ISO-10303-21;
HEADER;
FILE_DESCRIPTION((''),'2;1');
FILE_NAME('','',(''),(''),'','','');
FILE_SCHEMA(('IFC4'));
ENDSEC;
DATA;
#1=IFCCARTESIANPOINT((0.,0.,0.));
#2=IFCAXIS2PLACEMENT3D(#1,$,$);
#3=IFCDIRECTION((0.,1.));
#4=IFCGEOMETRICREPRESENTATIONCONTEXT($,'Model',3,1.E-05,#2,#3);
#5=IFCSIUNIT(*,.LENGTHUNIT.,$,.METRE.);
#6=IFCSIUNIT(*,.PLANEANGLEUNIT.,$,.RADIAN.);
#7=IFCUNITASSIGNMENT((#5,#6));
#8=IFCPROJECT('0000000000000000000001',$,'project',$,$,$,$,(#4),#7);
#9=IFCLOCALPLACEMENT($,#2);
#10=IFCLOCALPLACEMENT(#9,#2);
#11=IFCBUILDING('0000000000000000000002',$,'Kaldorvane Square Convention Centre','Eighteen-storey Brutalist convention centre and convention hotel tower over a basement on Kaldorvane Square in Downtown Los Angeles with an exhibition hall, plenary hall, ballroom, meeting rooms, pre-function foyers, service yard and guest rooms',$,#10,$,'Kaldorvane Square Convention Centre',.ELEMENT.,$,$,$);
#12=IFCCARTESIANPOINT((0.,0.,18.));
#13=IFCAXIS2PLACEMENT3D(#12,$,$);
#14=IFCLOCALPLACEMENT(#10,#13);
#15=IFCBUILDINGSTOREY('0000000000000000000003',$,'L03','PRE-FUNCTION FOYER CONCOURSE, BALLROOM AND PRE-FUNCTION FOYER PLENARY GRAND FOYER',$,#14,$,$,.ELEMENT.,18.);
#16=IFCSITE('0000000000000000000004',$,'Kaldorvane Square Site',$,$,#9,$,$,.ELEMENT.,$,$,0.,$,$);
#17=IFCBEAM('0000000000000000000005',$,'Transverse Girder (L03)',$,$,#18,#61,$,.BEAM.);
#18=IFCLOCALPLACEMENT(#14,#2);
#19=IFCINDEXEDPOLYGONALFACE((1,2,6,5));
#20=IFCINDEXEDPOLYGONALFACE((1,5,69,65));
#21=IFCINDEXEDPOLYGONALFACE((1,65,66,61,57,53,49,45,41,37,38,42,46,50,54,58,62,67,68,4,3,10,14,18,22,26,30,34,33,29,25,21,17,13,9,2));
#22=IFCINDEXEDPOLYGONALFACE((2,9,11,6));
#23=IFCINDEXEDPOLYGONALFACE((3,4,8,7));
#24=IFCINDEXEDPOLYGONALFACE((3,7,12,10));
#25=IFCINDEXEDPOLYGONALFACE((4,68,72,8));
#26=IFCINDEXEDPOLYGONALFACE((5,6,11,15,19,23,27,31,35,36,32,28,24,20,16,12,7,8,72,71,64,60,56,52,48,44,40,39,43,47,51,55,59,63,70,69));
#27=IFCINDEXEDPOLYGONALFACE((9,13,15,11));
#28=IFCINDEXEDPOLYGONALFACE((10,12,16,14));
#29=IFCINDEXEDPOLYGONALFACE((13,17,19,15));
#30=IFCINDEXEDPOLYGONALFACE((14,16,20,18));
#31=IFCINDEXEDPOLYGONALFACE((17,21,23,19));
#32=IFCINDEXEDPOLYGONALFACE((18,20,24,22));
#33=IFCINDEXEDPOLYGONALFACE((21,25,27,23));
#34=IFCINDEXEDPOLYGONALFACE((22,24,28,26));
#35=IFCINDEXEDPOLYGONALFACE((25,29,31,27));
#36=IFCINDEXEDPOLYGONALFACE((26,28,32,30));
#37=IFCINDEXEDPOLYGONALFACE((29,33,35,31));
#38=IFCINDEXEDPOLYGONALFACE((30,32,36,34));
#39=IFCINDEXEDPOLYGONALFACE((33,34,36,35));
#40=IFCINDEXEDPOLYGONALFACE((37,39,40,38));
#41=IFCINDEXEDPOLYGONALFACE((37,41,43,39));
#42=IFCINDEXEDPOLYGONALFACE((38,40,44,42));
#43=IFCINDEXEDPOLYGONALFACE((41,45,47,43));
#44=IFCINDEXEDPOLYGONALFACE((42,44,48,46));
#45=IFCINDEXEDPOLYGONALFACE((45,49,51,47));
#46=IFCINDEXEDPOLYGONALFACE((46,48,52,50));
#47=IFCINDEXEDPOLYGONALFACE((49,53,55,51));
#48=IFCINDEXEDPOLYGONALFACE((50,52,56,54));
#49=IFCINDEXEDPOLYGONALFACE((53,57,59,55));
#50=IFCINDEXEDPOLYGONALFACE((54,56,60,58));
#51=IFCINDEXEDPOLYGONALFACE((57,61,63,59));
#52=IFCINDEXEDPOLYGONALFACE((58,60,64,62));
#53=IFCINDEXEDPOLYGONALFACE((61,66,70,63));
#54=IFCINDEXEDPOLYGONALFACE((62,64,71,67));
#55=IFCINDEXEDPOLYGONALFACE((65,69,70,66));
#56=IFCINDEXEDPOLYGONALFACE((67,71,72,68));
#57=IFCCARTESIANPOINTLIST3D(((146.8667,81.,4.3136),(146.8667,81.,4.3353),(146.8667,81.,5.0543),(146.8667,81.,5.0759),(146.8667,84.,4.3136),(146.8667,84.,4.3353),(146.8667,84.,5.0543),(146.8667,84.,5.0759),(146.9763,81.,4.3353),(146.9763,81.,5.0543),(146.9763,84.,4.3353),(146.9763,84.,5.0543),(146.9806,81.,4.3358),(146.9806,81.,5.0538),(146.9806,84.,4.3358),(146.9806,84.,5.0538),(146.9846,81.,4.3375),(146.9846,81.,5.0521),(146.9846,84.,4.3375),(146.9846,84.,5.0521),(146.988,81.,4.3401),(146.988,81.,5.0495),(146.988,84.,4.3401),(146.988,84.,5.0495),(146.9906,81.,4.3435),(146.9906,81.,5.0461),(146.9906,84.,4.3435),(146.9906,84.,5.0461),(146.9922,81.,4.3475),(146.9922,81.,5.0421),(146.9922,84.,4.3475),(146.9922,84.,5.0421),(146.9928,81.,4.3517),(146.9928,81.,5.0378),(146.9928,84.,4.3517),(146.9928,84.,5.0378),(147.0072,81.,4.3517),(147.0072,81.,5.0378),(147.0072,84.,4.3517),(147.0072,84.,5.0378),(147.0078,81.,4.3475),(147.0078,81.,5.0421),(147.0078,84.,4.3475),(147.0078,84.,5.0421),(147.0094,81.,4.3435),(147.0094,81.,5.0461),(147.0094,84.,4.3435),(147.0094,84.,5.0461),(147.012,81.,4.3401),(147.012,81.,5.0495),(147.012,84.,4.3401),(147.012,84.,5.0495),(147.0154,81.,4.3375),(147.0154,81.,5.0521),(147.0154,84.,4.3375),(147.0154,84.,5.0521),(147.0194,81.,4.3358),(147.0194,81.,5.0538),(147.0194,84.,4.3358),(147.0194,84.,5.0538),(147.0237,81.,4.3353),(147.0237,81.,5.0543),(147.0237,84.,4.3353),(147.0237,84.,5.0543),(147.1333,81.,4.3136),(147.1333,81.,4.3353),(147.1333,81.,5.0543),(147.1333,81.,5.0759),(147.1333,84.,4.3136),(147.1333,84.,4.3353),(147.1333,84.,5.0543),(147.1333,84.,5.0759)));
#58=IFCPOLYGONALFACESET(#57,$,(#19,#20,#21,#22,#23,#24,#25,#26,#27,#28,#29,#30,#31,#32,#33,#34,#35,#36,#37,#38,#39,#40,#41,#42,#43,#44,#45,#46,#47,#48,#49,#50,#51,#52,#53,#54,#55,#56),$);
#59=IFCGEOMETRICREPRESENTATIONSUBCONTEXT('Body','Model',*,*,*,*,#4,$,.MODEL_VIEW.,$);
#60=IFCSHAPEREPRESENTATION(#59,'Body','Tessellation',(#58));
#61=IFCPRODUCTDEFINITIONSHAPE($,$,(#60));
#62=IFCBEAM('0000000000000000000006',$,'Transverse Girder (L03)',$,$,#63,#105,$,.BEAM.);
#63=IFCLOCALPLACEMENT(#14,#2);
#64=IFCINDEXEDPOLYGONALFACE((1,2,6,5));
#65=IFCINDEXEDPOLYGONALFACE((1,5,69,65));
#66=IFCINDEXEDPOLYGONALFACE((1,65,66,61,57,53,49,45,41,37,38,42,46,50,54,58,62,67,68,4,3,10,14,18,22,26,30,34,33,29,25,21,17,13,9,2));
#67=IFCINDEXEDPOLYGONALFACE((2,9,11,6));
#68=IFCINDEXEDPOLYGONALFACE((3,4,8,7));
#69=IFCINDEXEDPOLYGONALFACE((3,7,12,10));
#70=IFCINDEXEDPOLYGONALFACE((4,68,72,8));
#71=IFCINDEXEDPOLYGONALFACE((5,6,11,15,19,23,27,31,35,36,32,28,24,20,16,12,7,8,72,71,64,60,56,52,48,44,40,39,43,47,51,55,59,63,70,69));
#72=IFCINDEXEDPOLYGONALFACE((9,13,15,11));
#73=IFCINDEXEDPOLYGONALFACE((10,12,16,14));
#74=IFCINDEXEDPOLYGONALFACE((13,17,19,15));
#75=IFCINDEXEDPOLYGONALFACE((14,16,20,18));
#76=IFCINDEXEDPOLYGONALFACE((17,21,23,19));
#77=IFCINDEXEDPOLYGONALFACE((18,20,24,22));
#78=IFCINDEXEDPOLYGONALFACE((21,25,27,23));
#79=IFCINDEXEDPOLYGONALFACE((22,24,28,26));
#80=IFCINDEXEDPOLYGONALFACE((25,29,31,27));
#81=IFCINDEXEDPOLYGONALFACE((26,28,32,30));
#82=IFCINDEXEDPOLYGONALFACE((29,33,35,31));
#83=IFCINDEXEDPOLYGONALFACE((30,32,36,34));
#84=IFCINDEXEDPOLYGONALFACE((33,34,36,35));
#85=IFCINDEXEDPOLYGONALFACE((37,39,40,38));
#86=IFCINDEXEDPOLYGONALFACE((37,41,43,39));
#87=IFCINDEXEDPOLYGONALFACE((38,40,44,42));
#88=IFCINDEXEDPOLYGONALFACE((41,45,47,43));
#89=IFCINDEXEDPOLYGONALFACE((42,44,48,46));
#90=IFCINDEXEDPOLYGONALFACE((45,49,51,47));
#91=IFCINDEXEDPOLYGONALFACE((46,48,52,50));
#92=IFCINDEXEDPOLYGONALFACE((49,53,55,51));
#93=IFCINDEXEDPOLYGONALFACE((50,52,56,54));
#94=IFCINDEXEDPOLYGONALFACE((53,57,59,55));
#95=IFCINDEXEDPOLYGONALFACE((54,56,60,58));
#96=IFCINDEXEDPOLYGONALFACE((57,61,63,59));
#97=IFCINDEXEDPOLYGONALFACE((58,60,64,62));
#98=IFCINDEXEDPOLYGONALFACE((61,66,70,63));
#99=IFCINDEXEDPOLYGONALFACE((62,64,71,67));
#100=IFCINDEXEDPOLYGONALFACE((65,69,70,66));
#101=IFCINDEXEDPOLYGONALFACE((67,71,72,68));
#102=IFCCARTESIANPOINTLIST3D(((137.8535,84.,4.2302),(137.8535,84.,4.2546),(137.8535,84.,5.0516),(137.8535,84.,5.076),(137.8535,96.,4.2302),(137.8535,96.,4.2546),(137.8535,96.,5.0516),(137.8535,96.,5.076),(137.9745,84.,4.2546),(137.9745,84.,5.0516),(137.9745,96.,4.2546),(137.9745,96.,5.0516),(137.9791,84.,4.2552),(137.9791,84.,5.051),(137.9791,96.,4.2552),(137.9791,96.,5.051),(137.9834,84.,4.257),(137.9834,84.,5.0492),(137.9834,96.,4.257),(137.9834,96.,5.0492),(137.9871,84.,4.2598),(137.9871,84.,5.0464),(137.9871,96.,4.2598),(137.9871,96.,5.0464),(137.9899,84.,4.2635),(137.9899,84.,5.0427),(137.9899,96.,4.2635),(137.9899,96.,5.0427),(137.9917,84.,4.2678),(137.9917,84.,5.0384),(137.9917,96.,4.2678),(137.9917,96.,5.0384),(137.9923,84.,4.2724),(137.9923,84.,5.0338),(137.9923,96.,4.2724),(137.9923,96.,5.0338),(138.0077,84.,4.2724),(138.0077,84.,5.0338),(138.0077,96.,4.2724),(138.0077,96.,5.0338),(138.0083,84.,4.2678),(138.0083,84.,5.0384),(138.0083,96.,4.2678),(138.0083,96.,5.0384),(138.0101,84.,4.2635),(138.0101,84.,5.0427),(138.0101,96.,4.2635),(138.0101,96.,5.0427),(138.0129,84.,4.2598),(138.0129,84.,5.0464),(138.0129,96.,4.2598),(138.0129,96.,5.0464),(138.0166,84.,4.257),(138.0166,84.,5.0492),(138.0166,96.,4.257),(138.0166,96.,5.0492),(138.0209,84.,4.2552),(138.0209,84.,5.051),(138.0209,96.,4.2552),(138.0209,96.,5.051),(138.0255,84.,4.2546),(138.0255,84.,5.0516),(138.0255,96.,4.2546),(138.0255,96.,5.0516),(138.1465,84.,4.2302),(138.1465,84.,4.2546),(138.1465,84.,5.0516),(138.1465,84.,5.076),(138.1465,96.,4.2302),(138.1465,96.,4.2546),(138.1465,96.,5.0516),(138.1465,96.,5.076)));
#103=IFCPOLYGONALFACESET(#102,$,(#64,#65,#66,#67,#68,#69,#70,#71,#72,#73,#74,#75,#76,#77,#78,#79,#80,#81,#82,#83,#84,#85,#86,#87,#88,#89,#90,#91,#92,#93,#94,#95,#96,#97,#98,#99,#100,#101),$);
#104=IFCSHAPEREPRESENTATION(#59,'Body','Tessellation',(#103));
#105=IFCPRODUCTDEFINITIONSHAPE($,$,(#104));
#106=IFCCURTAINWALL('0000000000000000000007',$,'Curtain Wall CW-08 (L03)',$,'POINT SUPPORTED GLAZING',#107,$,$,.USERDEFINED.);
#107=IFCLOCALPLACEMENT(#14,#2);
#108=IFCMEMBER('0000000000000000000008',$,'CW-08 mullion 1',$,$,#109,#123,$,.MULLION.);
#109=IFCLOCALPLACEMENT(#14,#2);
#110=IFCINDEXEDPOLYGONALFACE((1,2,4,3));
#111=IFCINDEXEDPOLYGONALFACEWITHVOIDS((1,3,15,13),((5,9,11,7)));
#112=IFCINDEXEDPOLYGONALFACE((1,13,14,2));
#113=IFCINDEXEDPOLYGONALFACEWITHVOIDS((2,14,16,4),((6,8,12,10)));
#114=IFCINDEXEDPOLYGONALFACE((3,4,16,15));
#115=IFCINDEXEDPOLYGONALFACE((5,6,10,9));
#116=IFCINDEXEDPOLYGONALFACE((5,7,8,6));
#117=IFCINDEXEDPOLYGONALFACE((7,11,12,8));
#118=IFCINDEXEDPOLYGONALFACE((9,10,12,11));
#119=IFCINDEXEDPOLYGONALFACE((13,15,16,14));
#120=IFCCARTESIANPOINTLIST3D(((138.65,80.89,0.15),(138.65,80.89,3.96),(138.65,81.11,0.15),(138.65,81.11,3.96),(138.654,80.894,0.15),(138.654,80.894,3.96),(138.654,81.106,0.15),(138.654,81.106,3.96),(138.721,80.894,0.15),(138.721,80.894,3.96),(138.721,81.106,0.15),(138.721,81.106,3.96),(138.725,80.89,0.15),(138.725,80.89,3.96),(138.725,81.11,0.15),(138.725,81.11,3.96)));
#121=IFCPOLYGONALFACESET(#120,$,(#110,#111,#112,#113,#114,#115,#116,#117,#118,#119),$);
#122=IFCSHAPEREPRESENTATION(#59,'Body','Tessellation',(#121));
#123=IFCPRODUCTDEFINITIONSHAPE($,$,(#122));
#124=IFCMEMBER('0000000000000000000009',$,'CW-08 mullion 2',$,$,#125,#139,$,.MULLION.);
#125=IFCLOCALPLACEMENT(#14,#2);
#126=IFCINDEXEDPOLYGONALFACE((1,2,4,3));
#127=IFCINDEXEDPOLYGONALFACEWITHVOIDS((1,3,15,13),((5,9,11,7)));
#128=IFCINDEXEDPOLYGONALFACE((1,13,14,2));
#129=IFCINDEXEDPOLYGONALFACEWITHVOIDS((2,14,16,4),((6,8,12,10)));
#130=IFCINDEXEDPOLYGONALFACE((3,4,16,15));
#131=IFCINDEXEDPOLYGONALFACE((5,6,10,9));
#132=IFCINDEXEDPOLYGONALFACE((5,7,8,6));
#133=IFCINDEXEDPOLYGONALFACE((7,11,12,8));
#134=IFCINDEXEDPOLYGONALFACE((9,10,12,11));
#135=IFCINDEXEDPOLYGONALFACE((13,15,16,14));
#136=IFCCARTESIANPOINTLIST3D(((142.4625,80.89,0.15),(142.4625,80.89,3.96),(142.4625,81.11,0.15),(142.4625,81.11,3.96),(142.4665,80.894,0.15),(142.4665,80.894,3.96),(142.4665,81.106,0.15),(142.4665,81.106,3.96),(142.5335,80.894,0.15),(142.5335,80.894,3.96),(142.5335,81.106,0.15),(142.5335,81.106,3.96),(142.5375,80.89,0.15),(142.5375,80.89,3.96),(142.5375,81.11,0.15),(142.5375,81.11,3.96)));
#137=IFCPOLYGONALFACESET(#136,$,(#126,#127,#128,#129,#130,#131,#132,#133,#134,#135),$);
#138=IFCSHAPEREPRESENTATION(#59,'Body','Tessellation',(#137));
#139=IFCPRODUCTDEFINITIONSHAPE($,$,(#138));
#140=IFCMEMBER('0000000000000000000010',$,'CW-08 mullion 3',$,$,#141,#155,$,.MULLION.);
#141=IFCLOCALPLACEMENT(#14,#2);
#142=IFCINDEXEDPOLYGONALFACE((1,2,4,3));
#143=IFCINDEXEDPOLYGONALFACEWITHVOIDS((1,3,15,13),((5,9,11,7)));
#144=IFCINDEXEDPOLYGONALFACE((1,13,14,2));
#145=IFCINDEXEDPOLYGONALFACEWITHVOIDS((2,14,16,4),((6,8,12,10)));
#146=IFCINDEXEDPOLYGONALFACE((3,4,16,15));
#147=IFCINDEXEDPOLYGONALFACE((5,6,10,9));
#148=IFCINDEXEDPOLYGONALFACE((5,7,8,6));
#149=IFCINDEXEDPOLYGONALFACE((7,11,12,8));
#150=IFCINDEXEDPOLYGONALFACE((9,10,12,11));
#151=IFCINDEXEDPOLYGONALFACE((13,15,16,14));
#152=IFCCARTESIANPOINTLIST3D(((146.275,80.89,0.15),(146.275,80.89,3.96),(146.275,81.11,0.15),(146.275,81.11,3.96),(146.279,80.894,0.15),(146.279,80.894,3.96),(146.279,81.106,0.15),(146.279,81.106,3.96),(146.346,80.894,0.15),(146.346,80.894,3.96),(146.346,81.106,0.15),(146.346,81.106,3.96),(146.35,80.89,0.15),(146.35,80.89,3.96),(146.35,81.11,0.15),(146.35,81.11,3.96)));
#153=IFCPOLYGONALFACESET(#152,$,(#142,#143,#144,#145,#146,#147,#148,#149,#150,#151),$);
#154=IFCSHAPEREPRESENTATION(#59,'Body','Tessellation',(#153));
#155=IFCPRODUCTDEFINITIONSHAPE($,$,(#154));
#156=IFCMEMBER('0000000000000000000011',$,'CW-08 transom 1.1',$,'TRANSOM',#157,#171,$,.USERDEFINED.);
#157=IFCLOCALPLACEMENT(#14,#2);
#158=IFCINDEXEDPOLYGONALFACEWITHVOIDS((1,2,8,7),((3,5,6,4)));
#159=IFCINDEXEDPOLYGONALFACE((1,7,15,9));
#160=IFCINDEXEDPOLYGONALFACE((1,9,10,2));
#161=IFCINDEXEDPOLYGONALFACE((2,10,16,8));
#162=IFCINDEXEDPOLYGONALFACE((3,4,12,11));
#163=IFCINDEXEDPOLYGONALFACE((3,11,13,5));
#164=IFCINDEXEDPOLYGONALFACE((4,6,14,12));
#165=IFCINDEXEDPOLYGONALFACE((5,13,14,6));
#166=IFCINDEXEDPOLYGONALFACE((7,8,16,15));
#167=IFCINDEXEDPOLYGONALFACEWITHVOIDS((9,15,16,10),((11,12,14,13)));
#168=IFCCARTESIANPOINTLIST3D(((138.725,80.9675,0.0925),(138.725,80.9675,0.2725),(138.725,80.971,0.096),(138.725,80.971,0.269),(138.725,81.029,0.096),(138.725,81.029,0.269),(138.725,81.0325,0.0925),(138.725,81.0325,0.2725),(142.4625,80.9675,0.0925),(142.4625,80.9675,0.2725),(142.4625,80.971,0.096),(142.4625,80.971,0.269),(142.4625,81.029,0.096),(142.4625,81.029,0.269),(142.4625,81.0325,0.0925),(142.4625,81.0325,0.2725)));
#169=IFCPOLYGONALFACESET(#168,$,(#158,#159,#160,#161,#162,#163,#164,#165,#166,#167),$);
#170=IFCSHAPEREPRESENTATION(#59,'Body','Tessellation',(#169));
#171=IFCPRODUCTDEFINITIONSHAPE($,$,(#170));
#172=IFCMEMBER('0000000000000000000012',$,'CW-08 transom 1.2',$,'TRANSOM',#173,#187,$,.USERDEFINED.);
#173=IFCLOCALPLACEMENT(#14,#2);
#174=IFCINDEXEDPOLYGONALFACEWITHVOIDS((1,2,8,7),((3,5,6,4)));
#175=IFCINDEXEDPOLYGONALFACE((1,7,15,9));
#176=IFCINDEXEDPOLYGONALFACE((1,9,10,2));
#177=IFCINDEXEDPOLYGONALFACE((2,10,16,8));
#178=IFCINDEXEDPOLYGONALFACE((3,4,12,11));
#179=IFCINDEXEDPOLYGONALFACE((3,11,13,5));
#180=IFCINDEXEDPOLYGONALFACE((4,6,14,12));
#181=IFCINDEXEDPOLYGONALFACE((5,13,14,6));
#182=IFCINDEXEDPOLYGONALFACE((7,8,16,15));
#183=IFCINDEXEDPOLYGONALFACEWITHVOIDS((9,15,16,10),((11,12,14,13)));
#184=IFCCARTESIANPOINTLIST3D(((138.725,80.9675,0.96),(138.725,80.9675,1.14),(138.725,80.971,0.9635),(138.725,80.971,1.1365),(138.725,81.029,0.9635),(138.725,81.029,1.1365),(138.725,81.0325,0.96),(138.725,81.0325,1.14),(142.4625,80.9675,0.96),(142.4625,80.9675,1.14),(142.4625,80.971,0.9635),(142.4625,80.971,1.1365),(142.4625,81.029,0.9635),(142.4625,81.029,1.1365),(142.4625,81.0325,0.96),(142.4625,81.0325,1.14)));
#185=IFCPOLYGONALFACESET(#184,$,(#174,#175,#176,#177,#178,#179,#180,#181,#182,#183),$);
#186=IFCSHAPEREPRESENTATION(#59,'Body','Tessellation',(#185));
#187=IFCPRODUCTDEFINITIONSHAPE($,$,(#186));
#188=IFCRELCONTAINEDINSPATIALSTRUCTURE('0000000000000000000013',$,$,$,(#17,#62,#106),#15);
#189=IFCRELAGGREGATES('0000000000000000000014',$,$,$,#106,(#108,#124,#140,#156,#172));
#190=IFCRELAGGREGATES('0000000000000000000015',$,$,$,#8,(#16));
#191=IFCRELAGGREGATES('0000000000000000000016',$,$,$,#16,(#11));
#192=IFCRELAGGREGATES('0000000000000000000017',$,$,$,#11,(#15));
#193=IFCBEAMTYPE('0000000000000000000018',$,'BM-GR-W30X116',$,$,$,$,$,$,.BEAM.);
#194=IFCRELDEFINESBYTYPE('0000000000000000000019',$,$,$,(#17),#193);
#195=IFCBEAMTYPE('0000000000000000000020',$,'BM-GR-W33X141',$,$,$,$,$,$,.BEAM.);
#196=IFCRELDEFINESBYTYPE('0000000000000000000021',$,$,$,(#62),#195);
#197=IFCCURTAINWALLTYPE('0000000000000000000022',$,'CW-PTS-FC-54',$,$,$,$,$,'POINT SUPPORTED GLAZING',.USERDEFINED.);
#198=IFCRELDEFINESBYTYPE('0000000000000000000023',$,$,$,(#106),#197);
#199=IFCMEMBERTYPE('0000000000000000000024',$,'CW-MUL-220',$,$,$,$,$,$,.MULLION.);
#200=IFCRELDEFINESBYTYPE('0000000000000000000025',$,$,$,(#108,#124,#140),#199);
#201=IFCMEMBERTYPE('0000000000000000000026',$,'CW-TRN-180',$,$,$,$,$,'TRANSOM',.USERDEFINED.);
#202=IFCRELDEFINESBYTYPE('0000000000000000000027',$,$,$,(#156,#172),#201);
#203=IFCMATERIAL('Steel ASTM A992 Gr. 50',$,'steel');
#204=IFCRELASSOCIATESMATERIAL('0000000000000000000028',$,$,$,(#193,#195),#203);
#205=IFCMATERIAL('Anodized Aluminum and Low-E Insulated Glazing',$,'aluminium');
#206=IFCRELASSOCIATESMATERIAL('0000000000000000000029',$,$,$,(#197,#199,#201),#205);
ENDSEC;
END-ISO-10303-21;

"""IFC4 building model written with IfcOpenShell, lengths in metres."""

from ifc_helpers import new_model, si_unit, direction, frame, origin, origin_2d, place, context, subcontext, project, spatial, hollow_rectangle, i_section, extrude, material, material_profile, profile_set, type_object, element, aggregate, save


model = new_model("IFC4")

# Units and contexts
model_context = context("Model", 3, precision=1e-05, world=origin(), true_north=direction((0.0, 1.0)))
body_context = subcontext(model_context, "Body", "Model", "MODEL_VIEW")
ifc_project = project(units=[si_unit("LENGTHUNIT", "METRE"), si_unit("PLANEANGLEUNIT", "RADIAN")], contexts=[model_context])

# Site, building, storey
site_placement = place(None, origin())
site = spatial("IfcSite", under=ifc_project, at=site_placement, Name="Kaldorvane Square Site", CompositionType="ELEMENT", RefElevation=0.0)
building_placement = place(site_placement, origin())
building = spatial("IfcBuilding", under=site, at=building_placement, Name="Kaldorvane Square Convention Centre", Description="Eighteen-storey Brutalist convention centre and convention hotel tower over a basement on Kaldorvane Square in Downtown Los Angeles with an exhibition hall, plenary hall, ballroom, meeting rooms, pre-function foyers, service yard and guest rooms", LongName="Kaldorvane Square Convention Centre", CompositionType="ELEMENT")
storey_placement = place(building_placement, frame((0.0, 0.0, 18.0)))
storey = spatial("IfcBuildingStorey", under=building, at=storey_placement, Name="L03", Description="PRE-FUNCTION FOYER CONCOURSE, BALLROOM AND PRE-FUNCTION FOYER PLENARY GRAND FOYER", CompositionType="ELEMENT", Elevation=18.0)

# Shared definitions
ifc_material_1 = material(Name="Steel ASTM A992 Gr. 50", Category="steel")

# Beams
ifc_material_profile_1 = material_profile(ifc_material_1, i_section(OverallWidth=0.2666, OverallDepth=0.7623, WebThickness=0.0144, FlangeThickness=0.0216, FilletRadius=0.0165, at=origin_2d()), Name="W30X116")
ifc_profile_set_1 = profile_set([ifc_material_profile_1], Name="Steel ASTM A992 Gr. 50")
beam_type_1 = type_object("IfcBeamType", Name="BM-GR-W30X116", PredefinedType="BEAM", material=ifc_profile_set_1)
beam_1_placement = place(storey_placement, frame((147.0, 81.0, 4.6948), z_axis=(0.0, 1.0, 0.0), x_axis=(-1.0, 0.0, 0.0)))
element("IfcBeam", 1, at=beam_1_placement, inside=storey, type_object=beam_type_1, Name="Transverse Girder (L03)", PredefinedType="BEAM", context=body_context, shape_type="SweptSolid", body=[
    extrude(i_section(OverallWidth=0.2666, OverallDepth=0.7623, WebThickness=0.0144, FlangeThickness=0.0216, FilletRadius=0.0165, at=origin_2d()), origin(), (0.0, 0.0, 1.0), 3.0),
])
ifc_material_profile_2 = material_profile(ifc_material_1, i_section(OverallWidth=0.293, OverallDepth=0.8458, WebThickness=0.0154, FlangeThickness=0.0244, FilletRadius=0.0178, at=origin_2d()), Name="W33X141")
ifc_profile_set_2 = profile_set([ifc_material_profile_2], Name="Steel ASTM A992 Gr. 50")
beam_type_2 = type_object("IfcBeamType", Name="BM-GR-W33X141", PredefinedType="BEAM", material=ifc_profile_set_2)
beam_2_placement = place(storey_placement, frame((138.0, 84.0, 4.6531), z_axis=(0.0, 1.0, 0.0), x_axis=(-1.0, 0.0, 0.0)))
element("IfcBeam", 2, at=beam_2_placement, inside=storey, type_object=beam_type_2, Name="Transverse Girder (L03)", PredefinedType="BEAM", context=body_context, shape_type="SweptSolid", body=[
    extrude(i_section(OverallWidth=0.293, OverallDepth=0.8458, WebThickness=0.0154, FlangeThickness=0.0244, FilletRadius=0.0178, at=origin_2d()), origin(), (0.0, 0.0, 1.0), 12.0),
])

# Curtain wall, members
ifc_material_2 = material(Name="Anodized Aluminum and Low-E Insulated Glazing", Category="aluminium")
curtain_wall_type = type_object("IfcCurtainWallType", Name="CW-PTS-FC-54", ElementType="POINT SUPPORTED GLAZING", PredefinedType="USERDEFINED", material=ifc_material_2)
curtain_wall_placement = place(storey_placement, origin())
curtain_wall = element("IfcCurtainWall", 3, at=curtain_wall_placement, inside=storey, type_object=curtain_wall_type, Name="Curtain Wall CW-08 (L03)", ObjectType="POINT SUPPORTED GLAZING", PredefinedType="USERDEFINED")
ifc_material_profile_3 = material_profile(ifc_material_2, hollow_rectangle(XDim=0.075, YDim=0.22, WallThickness=0.004, at=origin_2d()), Name="CWM-220X75")
ifc_profile_set_3 = profile_set([ifc_material_profile_3], Name="Anodized Aluminum and Low-E Insulated Glazing")
member_type_1 = type_object("IfcMemberType", Name="CW-MUL-220", PredefinedType="MULLION", material=ifc_profile_set_3)
member_1_placement = place(storey_placement, frame((138.6875, 81.0, 0.15), z_axis=(0.0, 0.0, 1.0), x_axis=(1.0, 0.0, 0.0)))
member_1 = element("IfcMember", 4, at=member_1_placement, type_object=member_type_1, Name="CW-08 mullion 1", PredefinedType="MULLION", context=body_context, shape_type="SweptSolid", body=[
    extrude(hollow_rectangle(XDim=0.075, YDim=0.22, WallThickness=0.004, at=origin_2d()), origin(), (0.0, 0.0, 1.0), 3.81),
])
member_2_placement = place(storey_placement, frame((142.5, 81.0, 0.15), z_axis=(0.0, 0.0, 1.0), x_axis=(1.0, 0.0, 0.0)))
member_2 = element("IfcMember", 5, at=member_2_placement, type_object=member_type_1, Name="CW-08 mullion 2", PredefinedType="MULLION", context=body_context, shape_type="SweptSolid", body=[
    extrude(hollow_rectangle(XDim=0.075, YDim=0.22, WallThickness=0.004, at=origin_2d()), origin(), (0.0, 0.0, 1.0), 3.81),
])
member_3_placement = place(storey_placement, frame((146.3125, 81.0, 0.15), z_axis=(0.0, 0.0, 1.0), x_axis=(1.0, 0.0, 0.0)))
member_3 = element("IfcMember", 6, at=member_3_placement, type_object=member_type_1, Name="CW-08 mullion 3", PredefinedType="MULLION", context=body_context, shape_type="SweptSolid", body=[
    extrude(hollow_rectangle(XDim=0.075, YDim=0.22, WallThickness=0.004, at=origin_2d()), origin(), (0.0, 0.0, 1.0), 3.81),
])
ifc_material_profile_4 = material_profile(ifc_material_2, hollow_rectangle(XDim=0.065, YDim=0.18, WallThickness=0.0035, at=origin_2d()), Name="CWT-180X65")
ifc_profile_set_4 = profile_set([ifc_material_profile_4], Name="Anodized Aluminum and Low-E Insulated Glazing")
member_type_2 = type_object("IfcMemberType", Name="CW-TRN-180", ElementType="TRANSOM", PredefinedType="USERDEFINED", material=ifc_profile_set_4)
member_4_placement = place(storey_placement, frame((138.725, 81.0, 0.1825), z_axis=(1.0, 0.0, 0.0), x_axis=(0.0, 1.0, 0.0)))
member_4 = element("IfcMember", 7, at=member_4_placement, type_object=member_type_2, Name="CW-08 transom 1.1", ObjectType="TRANSOM", PredefinedType="USERDEFINED", context=body_context, shape_type="SweptSolid", body=[
    extrude(hollow_rectangle(XDim=0.065, YDim=0.18, WallThickness=0.0035, at=origin_2d()), origin(), (0.0, 0.0, 1.0), 3.7375),
])
member_5_placement = place(storey_placement, frame((138.725, 81.0, 1.05), z_axis=(1.0, 0.0, 0.0), x_axis=(0.0, 1.0, 0.0)))
member_5 = element("IfcMember", 8, at=member_5_placement, type_object=member_type_2, Name="CW-08 transom 1.2", ObjectType="TRANSOM", PredefinedType="USERDEFINED", context=body_context, shape_type="SweptSolid", body=[
    extrude(hollow_rectangle(XDim=0.065, YDim=0.18, WallThickness=0.0035, at=origin_2d()), origin(), (0.0, 0.0, 1.0), 3.7375),
])
aggregate(curtain_wall, [member_1, member_2, member_3, member_4, member_5])

save(model, "model.ifc")
